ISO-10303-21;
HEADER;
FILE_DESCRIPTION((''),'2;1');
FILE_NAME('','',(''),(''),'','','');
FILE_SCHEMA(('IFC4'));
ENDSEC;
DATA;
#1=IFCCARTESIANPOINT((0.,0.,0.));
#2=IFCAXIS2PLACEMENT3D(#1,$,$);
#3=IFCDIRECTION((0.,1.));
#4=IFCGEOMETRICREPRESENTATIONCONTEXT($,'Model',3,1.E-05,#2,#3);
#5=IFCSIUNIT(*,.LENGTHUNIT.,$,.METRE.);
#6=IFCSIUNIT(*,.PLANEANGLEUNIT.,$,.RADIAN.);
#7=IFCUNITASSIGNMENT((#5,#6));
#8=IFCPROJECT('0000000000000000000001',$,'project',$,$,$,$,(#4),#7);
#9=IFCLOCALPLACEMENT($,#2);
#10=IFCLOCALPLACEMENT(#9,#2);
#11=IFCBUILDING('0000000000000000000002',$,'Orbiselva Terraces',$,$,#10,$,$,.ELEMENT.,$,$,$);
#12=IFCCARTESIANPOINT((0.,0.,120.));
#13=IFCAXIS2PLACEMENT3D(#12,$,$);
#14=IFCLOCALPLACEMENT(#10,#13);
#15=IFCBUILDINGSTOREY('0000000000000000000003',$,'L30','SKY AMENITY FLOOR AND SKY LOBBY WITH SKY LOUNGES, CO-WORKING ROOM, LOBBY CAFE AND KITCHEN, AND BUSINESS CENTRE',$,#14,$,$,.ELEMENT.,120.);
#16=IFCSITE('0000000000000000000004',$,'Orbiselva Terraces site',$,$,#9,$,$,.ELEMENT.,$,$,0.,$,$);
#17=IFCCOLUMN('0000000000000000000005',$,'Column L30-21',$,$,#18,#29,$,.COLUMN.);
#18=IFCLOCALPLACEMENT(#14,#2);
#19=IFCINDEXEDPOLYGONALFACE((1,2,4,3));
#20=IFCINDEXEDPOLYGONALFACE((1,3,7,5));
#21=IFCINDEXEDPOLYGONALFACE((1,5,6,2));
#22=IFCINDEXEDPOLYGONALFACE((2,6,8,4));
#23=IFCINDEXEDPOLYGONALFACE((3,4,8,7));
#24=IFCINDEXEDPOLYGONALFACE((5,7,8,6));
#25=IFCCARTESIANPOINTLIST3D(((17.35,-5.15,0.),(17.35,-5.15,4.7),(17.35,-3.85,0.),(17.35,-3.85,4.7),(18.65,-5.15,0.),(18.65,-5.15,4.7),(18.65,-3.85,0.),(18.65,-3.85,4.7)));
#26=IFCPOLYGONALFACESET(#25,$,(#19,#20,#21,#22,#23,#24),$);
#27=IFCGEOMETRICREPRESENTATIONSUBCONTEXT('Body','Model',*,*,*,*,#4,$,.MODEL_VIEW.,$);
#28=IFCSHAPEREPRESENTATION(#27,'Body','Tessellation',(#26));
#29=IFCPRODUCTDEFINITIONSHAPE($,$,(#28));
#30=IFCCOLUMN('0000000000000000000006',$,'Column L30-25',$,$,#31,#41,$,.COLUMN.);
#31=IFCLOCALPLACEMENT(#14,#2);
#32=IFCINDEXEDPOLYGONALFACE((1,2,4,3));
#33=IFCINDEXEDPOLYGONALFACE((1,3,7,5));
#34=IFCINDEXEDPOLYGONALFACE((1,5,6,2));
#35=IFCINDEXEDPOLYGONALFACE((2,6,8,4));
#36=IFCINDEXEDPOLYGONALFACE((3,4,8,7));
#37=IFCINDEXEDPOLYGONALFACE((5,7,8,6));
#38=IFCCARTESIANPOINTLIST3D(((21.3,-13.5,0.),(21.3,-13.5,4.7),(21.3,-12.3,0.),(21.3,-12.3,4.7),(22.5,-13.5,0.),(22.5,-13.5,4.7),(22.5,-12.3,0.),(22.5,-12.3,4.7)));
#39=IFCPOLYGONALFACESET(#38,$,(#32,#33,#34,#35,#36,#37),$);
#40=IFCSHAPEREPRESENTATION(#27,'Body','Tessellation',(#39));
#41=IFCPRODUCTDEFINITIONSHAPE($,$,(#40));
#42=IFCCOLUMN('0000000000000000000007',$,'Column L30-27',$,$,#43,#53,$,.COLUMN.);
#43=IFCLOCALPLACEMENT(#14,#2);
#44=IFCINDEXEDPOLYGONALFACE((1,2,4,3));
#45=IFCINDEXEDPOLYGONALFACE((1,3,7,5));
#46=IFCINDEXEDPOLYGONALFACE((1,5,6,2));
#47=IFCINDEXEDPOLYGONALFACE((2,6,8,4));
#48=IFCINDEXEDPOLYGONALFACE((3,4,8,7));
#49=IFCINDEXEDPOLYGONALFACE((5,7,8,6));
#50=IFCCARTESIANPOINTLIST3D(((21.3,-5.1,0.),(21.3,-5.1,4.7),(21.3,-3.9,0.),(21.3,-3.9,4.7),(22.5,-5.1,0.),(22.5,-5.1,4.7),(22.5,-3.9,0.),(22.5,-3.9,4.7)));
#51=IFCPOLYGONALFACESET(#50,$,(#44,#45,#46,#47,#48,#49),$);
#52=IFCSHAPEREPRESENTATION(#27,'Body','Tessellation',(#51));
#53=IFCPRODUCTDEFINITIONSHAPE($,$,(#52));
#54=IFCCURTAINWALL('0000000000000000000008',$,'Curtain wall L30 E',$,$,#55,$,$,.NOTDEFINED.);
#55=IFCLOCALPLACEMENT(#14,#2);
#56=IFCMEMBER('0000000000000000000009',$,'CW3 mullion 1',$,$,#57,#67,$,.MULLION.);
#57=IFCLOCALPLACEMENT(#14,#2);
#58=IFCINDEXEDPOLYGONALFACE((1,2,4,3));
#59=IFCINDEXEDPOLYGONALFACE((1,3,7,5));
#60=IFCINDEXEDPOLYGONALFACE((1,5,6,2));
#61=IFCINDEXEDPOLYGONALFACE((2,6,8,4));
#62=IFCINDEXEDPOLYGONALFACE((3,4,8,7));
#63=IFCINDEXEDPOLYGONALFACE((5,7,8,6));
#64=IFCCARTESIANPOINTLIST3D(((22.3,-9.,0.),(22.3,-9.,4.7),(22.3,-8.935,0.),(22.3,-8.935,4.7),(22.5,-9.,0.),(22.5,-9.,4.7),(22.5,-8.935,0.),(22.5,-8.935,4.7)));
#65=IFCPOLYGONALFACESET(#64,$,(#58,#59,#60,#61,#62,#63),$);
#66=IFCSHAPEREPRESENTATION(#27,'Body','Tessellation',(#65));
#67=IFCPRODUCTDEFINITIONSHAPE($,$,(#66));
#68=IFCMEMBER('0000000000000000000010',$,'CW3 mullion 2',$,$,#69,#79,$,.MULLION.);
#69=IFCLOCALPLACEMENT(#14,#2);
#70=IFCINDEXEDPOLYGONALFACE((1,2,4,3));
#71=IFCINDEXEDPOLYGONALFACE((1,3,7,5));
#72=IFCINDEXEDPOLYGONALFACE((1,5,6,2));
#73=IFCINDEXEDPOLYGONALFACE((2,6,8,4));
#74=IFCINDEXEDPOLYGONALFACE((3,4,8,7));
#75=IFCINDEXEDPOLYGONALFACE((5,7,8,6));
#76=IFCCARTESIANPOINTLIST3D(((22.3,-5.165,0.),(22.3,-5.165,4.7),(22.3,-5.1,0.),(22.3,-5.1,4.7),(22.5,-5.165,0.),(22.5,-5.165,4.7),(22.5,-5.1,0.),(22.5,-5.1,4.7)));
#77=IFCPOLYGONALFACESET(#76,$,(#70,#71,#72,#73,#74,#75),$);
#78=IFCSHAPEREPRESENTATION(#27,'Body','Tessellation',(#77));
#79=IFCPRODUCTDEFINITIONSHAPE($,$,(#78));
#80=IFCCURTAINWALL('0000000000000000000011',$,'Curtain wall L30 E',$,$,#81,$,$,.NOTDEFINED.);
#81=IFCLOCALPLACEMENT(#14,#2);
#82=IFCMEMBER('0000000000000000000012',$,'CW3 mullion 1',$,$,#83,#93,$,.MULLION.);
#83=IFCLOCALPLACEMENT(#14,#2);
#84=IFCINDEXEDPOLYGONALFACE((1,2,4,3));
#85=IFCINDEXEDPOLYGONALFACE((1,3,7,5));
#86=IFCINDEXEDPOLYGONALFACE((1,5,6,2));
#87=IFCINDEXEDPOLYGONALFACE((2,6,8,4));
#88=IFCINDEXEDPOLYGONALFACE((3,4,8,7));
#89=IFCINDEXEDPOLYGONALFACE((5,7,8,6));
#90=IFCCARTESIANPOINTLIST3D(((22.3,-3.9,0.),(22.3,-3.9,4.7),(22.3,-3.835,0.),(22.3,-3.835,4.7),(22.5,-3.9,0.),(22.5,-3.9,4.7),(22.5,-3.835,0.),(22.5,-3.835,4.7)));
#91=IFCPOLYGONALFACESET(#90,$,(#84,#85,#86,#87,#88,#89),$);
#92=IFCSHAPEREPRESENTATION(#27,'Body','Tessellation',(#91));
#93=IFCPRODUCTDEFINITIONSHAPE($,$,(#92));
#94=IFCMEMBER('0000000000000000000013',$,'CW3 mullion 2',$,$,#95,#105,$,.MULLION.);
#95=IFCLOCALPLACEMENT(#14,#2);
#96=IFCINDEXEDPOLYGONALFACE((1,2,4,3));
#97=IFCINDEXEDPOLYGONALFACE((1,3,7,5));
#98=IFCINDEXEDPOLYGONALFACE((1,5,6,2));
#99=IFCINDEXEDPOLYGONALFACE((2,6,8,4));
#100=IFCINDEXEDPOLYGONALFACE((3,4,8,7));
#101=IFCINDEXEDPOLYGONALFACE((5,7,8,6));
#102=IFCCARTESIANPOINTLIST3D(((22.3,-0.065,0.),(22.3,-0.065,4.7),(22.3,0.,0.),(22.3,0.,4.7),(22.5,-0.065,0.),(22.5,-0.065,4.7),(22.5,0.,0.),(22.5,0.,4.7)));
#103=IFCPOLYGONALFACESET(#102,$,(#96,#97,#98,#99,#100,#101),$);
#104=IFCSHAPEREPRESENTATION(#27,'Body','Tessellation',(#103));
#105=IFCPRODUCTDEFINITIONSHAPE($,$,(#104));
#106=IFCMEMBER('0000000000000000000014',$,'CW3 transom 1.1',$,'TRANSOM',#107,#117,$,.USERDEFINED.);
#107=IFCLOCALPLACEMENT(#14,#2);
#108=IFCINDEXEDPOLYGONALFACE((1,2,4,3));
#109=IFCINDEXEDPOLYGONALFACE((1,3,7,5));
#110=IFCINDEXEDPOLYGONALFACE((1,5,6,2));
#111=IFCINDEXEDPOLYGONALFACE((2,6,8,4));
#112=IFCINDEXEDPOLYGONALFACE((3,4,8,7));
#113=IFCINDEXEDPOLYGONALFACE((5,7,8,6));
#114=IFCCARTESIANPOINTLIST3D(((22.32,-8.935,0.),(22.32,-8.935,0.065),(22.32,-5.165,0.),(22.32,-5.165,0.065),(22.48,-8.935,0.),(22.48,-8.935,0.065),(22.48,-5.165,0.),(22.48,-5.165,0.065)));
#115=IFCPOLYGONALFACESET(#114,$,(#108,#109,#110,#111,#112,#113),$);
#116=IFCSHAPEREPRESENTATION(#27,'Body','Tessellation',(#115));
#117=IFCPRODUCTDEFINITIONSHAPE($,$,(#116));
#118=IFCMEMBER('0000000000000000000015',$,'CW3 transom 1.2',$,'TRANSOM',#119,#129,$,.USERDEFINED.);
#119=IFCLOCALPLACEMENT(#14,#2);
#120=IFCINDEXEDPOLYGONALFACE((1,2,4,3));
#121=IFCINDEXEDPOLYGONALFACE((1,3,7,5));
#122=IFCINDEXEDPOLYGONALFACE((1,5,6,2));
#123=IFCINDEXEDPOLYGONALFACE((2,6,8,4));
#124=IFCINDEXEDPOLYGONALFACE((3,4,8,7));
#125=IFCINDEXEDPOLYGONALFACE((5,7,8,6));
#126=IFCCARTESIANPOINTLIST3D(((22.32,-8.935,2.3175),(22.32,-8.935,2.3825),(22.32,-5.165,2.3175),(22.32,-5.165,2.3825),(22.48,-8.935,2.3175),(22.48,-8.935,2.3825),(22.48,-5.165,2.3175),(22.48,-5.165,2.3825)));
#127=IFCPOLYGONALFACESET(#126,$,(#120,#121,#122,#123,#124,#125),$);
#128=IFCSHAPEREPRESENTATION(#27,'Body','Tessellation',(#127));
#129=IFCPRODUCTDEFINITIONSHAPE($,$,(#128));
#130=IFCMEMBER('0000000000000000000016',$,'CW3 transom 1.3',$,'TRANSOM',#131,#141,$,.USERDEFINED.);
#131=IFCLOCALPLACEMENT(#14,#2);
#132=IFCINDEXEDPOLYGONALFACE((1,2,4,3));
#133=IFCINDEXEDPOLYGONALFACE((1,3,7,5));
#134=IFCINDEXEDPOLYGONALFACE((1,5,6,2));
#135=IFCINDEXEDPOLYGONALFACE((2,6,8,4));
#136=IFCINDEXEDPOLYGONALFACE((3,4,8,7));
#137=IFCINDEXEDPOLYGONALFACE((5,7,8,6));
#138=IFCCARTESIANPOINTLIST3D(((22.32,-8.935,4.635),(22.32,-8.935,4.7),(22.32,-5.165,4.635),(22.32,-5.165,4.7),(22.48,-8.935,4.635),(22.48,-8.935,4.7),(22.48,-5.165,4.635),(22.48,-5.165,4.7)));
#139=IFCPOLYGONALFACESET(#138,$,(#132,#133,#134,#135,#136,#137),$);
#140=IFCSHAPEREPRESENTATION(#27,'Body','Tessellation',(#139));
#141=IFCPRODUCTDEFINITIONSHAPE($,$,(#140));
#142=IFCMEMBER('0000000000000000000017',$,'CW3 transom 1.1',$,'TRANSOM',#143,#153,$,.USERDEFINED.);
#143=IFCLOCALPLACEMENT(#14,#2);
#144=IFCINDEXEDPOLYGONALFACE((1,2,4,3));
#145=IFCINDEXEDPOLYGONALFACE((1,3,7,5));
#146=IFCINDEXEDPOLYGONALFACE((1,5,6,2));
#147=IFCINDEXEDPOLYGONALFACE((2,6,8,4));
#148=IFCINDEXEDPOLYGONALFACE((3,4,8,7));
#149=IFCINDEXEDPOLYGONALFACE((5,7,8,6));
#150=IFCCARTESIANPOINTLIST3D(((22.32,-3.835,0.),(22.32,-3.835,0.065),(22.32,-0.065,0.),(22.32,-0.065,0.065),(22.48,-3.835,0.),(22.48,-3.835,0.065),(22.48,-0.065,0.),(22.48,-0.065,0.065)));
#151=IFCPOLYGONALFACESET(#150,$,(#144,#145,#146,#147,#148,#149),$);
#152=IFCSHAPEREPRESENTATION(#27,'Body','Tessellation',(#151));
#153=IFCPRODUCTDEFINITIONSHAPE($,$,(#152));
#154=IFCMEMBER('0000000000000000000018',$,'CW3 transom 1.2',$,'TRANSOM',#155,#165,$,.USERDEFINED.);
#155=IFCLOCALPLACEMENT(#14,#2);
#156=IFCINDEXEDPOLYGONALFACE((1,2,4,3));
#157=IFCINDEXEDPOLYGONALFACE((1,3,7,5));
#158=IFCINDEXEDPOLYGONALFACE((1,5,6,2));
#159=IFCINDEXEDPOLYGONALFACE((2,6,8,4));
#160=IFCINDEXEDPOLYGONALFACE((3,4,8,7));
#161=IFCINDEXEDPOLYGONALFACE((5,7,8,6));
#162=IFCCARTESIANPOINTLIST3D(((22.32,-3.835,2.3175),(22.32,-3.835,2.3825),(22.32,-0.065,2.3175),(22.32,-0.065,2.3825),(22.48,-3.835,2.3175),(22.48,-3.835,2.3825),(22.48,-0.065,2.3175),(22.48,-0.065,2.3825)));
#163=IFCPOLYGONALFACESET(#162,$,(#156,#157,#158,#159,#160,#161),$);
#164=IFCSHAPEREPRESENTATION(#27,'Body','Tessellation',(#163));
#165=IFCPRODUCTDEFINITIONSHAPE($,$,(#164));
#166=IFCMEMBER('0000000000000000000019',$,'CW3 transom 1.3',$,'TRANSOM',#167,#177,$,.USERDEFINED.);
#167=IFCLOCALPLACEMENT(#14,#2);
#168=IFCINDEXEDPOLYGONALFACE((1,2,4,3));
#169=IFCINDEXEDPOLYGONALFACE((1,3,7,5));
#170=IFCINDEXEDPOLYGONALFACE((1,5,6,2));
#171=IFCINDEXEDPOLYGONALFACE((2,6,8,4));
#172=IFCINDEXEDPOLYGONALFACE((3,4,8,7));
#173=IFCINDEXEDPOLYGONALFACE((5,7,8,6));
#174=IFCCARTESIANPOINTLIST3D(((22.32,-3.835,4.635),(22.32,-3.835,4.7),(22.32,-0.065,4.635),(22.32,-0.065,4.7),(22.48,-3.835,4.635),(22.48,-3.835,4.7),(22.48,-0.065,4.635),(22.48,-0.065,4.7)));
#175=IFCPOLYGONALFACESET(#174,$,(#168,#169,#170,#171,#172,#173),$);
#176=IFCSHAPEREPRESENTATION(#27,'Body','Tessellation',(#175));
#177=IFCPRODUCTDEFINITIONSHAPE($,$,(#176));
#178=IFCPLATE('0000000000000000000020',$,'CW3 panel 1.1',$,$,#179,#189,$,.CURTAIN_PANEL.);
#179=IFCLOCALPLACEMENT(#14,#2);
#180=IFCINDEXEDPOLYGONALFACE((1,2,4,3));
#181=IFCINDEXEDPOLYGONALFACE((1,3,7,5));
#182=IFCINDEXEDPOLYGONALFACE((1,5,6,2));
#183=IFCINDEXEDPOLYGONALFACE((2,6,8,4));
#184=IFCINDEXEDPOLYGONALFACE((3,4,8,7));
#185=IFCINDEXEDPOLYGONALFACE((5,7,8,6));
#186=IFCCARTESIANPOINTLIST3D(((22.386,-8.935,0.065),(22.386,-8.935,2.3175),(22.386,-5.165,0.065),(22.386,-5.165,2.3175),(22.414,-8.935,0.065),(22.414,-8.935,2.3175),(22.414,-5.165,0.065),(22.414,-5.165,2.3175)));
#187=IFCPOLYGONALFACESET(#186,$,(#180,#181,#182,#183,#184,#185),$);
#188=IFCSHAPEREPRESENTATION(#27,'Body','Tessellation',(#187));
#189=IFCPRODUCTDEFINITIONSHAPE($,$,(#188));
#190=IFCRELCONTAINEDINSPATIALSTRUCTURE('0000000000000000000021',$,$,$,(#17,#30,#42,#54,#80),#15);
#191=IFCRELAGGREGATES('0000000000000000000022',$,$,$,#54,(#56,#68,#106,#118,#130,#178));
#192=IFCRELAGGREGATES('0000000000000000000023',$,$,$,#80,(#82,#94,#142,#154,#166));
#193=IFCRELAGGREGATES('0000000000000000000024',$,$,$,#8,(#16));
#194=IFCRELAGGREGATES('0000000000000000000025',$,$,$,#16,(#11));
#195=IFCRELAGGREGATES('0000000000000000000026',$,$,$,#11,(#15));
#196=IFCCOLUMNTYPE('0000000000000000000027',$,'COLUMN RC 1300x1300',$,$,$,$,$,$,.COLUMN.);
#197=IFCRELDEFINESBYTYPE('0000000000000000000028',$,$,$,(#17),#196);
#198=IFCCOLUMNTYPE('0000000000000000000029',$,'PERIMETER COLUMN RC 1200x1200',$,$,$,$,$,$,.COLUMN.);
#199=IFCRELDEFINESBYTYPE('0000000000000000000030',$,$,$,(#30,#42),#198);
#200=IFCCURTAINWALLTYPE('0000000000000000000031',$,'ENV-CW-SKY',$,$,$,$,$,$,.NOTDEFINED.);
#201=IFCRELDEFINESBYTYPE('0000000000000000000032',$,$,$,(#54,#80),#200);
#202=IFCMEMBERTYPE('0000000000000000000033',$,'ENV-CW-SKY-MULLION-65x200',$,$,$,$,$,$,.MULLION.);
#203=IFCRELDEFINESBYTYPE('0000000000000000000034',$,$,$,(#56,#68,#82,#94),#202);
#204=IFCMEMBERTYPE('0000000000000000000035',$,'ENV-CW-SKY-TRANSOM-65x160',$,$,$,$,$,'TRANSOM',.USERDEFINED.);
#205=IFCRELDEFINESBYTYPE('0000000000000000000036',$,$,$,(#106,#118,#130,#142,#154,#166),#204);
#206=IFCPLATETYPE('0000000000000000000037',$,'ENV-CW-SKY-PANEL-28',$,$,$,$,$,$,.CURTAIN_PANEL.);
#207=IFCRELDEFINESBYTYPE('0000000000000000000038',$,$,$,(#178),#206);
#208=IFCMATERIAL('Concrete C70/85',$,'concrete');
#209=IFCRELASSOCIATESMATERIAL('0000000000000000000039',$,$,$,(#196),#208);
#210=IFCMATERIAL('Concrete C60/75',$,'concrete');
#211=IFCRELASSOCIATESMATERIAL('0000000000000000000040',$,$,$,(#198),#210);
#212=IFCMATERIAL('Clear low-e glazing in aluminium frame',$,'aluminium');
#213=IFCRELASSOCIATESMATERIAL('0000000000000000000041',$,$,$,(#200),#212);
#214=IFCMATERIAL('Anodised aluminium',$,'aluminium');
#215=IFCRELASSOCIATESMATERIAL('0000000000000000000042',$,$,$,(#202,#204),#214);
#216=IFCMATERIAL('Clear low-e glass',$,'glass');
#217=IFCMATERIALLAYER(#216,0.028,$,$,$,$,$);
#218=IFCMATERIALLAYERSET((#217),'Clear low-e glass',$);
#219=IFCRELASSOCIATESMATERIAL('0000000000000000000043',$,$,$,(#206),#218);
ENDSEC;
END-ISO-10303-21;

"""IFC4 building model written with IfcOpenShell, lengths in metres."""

from ifc_helpers import new_model, si_unit, direction, frame, origin, origin_2d, place, context, subcontext, project, spatial, rectangle, extrude, material, layer, layer_set, material_profile, profile_set, type_object, element, aggregate, save


model = new_model("IFC4")

# Units and contexts
model_context = context("Model", 3, precision=1e-05, world=origin(), true_north=direction((0.0, 1.0)))
body_context = subcontext(model_context, "Body", "Model", "MODEL_VIEW")
ifc_project = project(units=[si_unit("LENGTHUNIT", "METRE"), si_unit("PLANEANGLEUNIT", "RADIAN")], contexts=[model_context])

# Site, building, storey
site_placement = place(None, origin())
site = spatial("IfcSite", under=ifc_project, at=site_placement, Name="Orbiselva Terraces site", CompositionType="ELEMENT", RefElevation=0.0)
building_placement = place(site_placement, origin())
building = spatial("IfcBuilding", under=site, at=building_placement, Name="Orbiselva Terraces", CompositionType="ELEMENT")
storey_placement = place(building_placement, frame((0.0, 0.0, 120.0)))
storey = spatial("IfcBuildingStorey", under=building, at=storey_placement, Name="L30", Description="SKY AMENITY FLOOR AND SKY LOBBY WITH SKY LOUNGES, CO-WORKING ROOM, LOBBY CAFE AND KITCHEN, AND BUSINESS CENTRE", CompositionType="ELEMENT", Elevation=120.0)

# Columns
ifc_material_1 = material(Name="Concrete C70/85", Category="concrete")
ifc_material_profile_1 = material_profile(ifc_material_1, rectangle(XDim=1.3, YDim=1.3, at=origin_2d()), Name="RC 1300x1300")
ifc_profile_set_1 = profile_set([ifc_material_profile_1], Name="Concrete C70/85")
column_type_1 = type_object("IfcColumnType", Name="COLUMN RC 1300x1300", PredefinedType="COLUMN", material=ifc_profile_set_1)
column_placement = place(storey_placement, frame((18.0, -4.5, 0.0), z_axis=(0.0, 0.0, 1.0), x_axis=(1.0, 0.0, 0.0)))
element("IfcColumn", 1, at=column_placement, inside=storey, type_object=column_type_1, Name="Column L30-21", PredefinedType="COLUMN", context=body_context, shape_type="SweptSolid", body=[
    extrude(rectangle(XDim=1.3, YDim=1.3, at=origin_2d()), origin(), (0.0, 0.0, 1.0), 4.7),
])
ifc_material_2 = material(Name="Concrete C60/75", Category="concrete")
ifc_material_profile_2 = material_profile(ifc_material_2, rectangle(XDim=1.2, YDim=1.2, at=origin_2d()), Name="RC 1200x1200")
ifc_profile_set_2 = profile_set([ifc_material_profile_2], Name="Concrete C60/75")
column_type_2 = type_object("IfcColumnType", Name="PERIMETER COLUMN RC 1200x1200", PredefinedType="COLUMN", material=ifc_profile_set_2)
for number, where, z_axis, x_axis, name in (
    (2, (21.9, -12.9, 0.0), (0.0, 0.0, 1.0), (1.0, 0.0, 0.0), "Column L30-25"),
    (3, (21.9, -4.5, 0.0), (0.0, 0.0, 1.0), (1.0, 0.0, 0.0), "Column L30-27"),
):
    element("IfcColumn", number, at=place(storey_placement, frame(where, z_axis=z_axis, x_axis=x_axis)), inside=storey, type_object=column_type_2, Name=name, PredefinedType="COLUMN", context=body_context, shape_type="SweptSolid", body=[
        extrude(rectangle(XDim=1.2, YDim=1.2, at=origin_2d()), origin(), (0.0, 0.0, 1.0), 4.7),
    ])

# Curtain walls, members
ifc_material_3 = material(Name="Clear low-e glazing in aluminium frame", Category="aluminium")
curtain_wall_type = type_object("IfcCurtainWallType", Name="ENV-CW-SKY", PredefinedType="NOTDEFINED", material=ifc_material_3)
curtain_wall_1_placement = place(storey_placement, origin())
curtain_wall_1 = element("IfcCurtainWall", 4, at=curtain_wall_1_placement, inside=storey, type_object=curtain_wall_type, Name="Curtain wall L30 E", PredefinedType="NOTDEFINED")
ifc_material_4 = material(Name="Anodised aluminium", Category="aluminium")
ifc_material_profile_3 = material_profile(ifc_material_4, rectangle(XDim=0.2, YDim=0.065, at=origin_2d()), Name="AL 65x200")
ifc_profile_set_3 = profile_set([ifc_material_profile_3], Name="Anodised aluminium")
member_type_1 = type_object("IfcMemberType", Name="ENV-CW-SKY-MULLION-65x200", PredefinedType="MULLION", material=ifc_profile_set_3)
member_1_placement = place(storey_placement, frame((22.4, -8.9675, 0.0), z_axis=(0.0, 0.0, 1.0), x_axis=(-1.0, 0.0, 0.0)))
member_1 = element("IfcMember", 5, at=member_1_placement, type_object=member_type_1, Name="CW3 mullion 1", PredefinedType="MULLION", context=body_context, shape_type="SweptSolid", body=[
    extrude(rectangle(XDim=0.2, YDim=0.065, at=origin_2d()), origin(), (0.0, 0.0, 1.0), 4.7),
])
member_2_placement = place(storey_placement, frame((22.4, -5.1325, 0.0), z_axis=(0.0, 0.0, 1.0), x_axis=(-1.0, 0.0, 0.0)))
member_2 = element("IfcMember", 6, at=member_2_placement, type_object=member_type_1, Name="CW3 mullion 2", PredefinedType="MULLION", context=body_context, shape_type="SweptSolid", body=[
    extrude(rectangle(XDim=0.2, YDim=0.065, at=origin_2d()), origin(), (0.0, 0.0, 1.0), 4.7),
])
curtain_wall_2_placement = place(storey_placement, origin())
curtain_wall_2 = element("IfcCurtainWall", 7, at=curtain_wall_2_placement, inside=storey, type_object=curtain_wall_type, Name="Curtain wall L30 E", PredefinedType="NOTDEFINED")
member_3_placement = place(storey_placement, frame((22.4, -3.8675, 0.0), z_axis=(0.0, 0.0, 1.0), x_axis=(-1.0, 0.0, 0.0)))
member_3 = element("IfcMember", 8, at=member_3_placement, type_object=member_type_1, Name="CW3 mullion 1", PredefinedType="MULLION", context=body_context, shape_type="SweptSolid", body=[
    extrude(rectangle(XDim=0.2, YDim=0.065, at=origin_2d()), origin(), (0.0, 0.0, 1.0), 4.7),
])
member_4_placement = place(storey_placement, frame((22.4, -0.0325, 0.0), z_axis=(0.0, 0.0, 1.0), x_axis=(-1.0, 0.0, 0.0)))
member_4 = element("IfcMember", 9, at=member_4_placement, type_object=member_type_1, Name="CW3 mullion 2", PredefinedType="MULLION", context=body_context, shape_type="SweptSolid", body=[
    extrude(rectangle(XDim=0.2, YDim=0.065, at=origin_2d()), origin(), (0.0, 0.0, 1.0), 4.7),
])

# Members
ifc_material_profile_4 = material_profile(ifc_material_4, rectangle(XDim=0.16, YDim=0.065, at=origin_2d()), Name="AL 65x160")
ifc_profile_set_4 = profile_set([ifc_material_profile_4], Name="Anodised aluminium")
member_type_2 = type_object("IfcMemberType", Name="ENV-CW-SKY-TRANSOM-65x160", ElementType="TRANSOM", PredefinedType="USERDEFINED", material=ifc_profile_set_4)
member_5_placement = place(storey_placement, frame((22.4, -8.935, 0.0325), z_axis=(0.0, 1.0, 0.0), x_axis=(-1.0, 0.0, 0.0)))
member_5 = element("IfcMember", 10, at=member_5_placement, type_object=member_type_2, Name="CW3 transom 1.1", ObjectType="TRANSOM", PredefinedType="USERDEFINED", context=body_context, shape_type="SweptSolid", body=[
    extrude(rectangle(XDim=0.16, YDim=0.065, at=origin_2d()), origin(), (0.0, 0.0, 1.0), 3.77),
])
member_6_placement = place(storey_placement, frame((22.4, -8.935, 2.35), z_axis=(0.0, 1.0, 0.0), x_axis=(-1.0, 0.0, 0.0)))
member_6 = element("IfcMember", 11, at=member_6_placement, type_object=member_type_2, Name="CW3 transom 1.2", ObjectType="TRANSOM", PredefinedType="USERDEFINED", context=body_context, shape_type="SweptSolid", body=[
    extrude(rectangle(XDim=0.16, YDim=0.065, at=origin_2d()), origin(), (0.0, 0.0, 1.0), 3.77),
])
member_7_placement = place(storey_placement, frame((22.4, -8.935, 4.6675), z_axis=(0.0, 1.0, 0.0), x_axis=(-1.0, 0.0, 0.0)))
member_7 = element("IfcMember", 12, at=member_7_placement, type_object=member_type_2, Name="CW3 transom 1.3", ObjectType="TRANSOM", PredefinedType="USERDEFINED", context=body_context, shape_type="SweptSolid", body=[
    extrude(rectangle(XDim=0.16, YDim=0.065, at=origin_2d()), origin(), (0.0, 0.0, 1.0), 3.77),
])
member_8_placement = place(storey_placement, frame((22.4, -3.835, 0.0325), z_axis=(0.0, 1.0, 0.0), x_axis=(-1.0, 0.0, 0.0)))
member_8 = element("IfcMember", 13, at=member_8_placement, type_object=member_type_2, Name="CW3 transom 1.1", ObjectType="TRANSOM", PredefinedType="USERDEFINED", context=body_context, shape_type="SweptSolid", body=[
    extrude(rectangle(XDim=0.16, YDim=0.065, at=origin_2d()), origin(), (0.0, 0.0, 1.0), 3.77),
])
member_9_placement = place(storey_placement, frame((22.4, -3.835, 2.35), z_axis=(0.0, 1.0, 0.0), x_axis=(-1.0, 0.0, 0.0)))
member_9 = element("IfcMember", 14, at=member_9_placement, type_object=member_type_2, Name="CW3 transom 1.2", ObjectType="TRANSOM", PredefinedType="USERDEFINED", context=body_context, shape_type="SweptSolid", body=[
    extrude(rectangle(XDim=0.16, YDim=0.065, at=origin_2d()), origin(), (0.0, 0.0, 1.0), 3.77),
])
member_10_placement = place(storey_placement, frame((22.4, -3.835, 4.6675), z_axis=(0.0, 1.0, 0.0), x_axis=(-1.0, 0.0, 0.0)))
member_10 = element("IfcMember", 15, at=member_10_placement, type_object=member_type_2, Name="CW3 transom 1.3", ObjectType="TRANSOM", PredefinedType="USERDEFINED", context=body_context, shape_type="SweptSolid", body=[
    extrude(rectangle(XDim=0.16, YDim=0.065, at=origin_2d()), origin(), (0.0, 0.0, 1.0), 3.77),
])

# Plate
ifc_material_5 = material(Name="Clear low-e glass", Category="glass")
ifc_layer_1 = layer(ifc_material_5, 0.028)
ifc_layer_set_1 = layer_set([ifc_layer_1], Name="Clear low-e glass")
plate_type = type_object("IfcPlateType", Name="ENV-CW-SKY-PANEL-28", PredefinedType="CURTAIN_PANEL", material=ifc_layer_set_1)
plate_1_placement = place(storey_placement, frame((22.4, -7.05, 0.065), z_axis=(0.0, 0.0, 1.0), x_axis=(0.0, 1.0, 0.0)))
plate_1 = element("IfcPlate", 16, at=plate_1_placement, type_object=plate_type, Name="CW3 panel 1.1", PredefinedType="CURTAIN_PANEL", context=body_context, shape_type="SweptSolid", body=[
    extrude(rectangle(XDim=3.77, YDim=0.028, at=origin_2d()), origin(), (0.0, 0.0, 1.0), 2.2525),
])
aggregate(curtain_wall_1, [member_1, member_2, member_5, member_6, member_7, plate_1])
aggregate(curtain_wall_2, [member_3, member_4, member_8, member_9, member_10])

save(model, "model.ifc")
